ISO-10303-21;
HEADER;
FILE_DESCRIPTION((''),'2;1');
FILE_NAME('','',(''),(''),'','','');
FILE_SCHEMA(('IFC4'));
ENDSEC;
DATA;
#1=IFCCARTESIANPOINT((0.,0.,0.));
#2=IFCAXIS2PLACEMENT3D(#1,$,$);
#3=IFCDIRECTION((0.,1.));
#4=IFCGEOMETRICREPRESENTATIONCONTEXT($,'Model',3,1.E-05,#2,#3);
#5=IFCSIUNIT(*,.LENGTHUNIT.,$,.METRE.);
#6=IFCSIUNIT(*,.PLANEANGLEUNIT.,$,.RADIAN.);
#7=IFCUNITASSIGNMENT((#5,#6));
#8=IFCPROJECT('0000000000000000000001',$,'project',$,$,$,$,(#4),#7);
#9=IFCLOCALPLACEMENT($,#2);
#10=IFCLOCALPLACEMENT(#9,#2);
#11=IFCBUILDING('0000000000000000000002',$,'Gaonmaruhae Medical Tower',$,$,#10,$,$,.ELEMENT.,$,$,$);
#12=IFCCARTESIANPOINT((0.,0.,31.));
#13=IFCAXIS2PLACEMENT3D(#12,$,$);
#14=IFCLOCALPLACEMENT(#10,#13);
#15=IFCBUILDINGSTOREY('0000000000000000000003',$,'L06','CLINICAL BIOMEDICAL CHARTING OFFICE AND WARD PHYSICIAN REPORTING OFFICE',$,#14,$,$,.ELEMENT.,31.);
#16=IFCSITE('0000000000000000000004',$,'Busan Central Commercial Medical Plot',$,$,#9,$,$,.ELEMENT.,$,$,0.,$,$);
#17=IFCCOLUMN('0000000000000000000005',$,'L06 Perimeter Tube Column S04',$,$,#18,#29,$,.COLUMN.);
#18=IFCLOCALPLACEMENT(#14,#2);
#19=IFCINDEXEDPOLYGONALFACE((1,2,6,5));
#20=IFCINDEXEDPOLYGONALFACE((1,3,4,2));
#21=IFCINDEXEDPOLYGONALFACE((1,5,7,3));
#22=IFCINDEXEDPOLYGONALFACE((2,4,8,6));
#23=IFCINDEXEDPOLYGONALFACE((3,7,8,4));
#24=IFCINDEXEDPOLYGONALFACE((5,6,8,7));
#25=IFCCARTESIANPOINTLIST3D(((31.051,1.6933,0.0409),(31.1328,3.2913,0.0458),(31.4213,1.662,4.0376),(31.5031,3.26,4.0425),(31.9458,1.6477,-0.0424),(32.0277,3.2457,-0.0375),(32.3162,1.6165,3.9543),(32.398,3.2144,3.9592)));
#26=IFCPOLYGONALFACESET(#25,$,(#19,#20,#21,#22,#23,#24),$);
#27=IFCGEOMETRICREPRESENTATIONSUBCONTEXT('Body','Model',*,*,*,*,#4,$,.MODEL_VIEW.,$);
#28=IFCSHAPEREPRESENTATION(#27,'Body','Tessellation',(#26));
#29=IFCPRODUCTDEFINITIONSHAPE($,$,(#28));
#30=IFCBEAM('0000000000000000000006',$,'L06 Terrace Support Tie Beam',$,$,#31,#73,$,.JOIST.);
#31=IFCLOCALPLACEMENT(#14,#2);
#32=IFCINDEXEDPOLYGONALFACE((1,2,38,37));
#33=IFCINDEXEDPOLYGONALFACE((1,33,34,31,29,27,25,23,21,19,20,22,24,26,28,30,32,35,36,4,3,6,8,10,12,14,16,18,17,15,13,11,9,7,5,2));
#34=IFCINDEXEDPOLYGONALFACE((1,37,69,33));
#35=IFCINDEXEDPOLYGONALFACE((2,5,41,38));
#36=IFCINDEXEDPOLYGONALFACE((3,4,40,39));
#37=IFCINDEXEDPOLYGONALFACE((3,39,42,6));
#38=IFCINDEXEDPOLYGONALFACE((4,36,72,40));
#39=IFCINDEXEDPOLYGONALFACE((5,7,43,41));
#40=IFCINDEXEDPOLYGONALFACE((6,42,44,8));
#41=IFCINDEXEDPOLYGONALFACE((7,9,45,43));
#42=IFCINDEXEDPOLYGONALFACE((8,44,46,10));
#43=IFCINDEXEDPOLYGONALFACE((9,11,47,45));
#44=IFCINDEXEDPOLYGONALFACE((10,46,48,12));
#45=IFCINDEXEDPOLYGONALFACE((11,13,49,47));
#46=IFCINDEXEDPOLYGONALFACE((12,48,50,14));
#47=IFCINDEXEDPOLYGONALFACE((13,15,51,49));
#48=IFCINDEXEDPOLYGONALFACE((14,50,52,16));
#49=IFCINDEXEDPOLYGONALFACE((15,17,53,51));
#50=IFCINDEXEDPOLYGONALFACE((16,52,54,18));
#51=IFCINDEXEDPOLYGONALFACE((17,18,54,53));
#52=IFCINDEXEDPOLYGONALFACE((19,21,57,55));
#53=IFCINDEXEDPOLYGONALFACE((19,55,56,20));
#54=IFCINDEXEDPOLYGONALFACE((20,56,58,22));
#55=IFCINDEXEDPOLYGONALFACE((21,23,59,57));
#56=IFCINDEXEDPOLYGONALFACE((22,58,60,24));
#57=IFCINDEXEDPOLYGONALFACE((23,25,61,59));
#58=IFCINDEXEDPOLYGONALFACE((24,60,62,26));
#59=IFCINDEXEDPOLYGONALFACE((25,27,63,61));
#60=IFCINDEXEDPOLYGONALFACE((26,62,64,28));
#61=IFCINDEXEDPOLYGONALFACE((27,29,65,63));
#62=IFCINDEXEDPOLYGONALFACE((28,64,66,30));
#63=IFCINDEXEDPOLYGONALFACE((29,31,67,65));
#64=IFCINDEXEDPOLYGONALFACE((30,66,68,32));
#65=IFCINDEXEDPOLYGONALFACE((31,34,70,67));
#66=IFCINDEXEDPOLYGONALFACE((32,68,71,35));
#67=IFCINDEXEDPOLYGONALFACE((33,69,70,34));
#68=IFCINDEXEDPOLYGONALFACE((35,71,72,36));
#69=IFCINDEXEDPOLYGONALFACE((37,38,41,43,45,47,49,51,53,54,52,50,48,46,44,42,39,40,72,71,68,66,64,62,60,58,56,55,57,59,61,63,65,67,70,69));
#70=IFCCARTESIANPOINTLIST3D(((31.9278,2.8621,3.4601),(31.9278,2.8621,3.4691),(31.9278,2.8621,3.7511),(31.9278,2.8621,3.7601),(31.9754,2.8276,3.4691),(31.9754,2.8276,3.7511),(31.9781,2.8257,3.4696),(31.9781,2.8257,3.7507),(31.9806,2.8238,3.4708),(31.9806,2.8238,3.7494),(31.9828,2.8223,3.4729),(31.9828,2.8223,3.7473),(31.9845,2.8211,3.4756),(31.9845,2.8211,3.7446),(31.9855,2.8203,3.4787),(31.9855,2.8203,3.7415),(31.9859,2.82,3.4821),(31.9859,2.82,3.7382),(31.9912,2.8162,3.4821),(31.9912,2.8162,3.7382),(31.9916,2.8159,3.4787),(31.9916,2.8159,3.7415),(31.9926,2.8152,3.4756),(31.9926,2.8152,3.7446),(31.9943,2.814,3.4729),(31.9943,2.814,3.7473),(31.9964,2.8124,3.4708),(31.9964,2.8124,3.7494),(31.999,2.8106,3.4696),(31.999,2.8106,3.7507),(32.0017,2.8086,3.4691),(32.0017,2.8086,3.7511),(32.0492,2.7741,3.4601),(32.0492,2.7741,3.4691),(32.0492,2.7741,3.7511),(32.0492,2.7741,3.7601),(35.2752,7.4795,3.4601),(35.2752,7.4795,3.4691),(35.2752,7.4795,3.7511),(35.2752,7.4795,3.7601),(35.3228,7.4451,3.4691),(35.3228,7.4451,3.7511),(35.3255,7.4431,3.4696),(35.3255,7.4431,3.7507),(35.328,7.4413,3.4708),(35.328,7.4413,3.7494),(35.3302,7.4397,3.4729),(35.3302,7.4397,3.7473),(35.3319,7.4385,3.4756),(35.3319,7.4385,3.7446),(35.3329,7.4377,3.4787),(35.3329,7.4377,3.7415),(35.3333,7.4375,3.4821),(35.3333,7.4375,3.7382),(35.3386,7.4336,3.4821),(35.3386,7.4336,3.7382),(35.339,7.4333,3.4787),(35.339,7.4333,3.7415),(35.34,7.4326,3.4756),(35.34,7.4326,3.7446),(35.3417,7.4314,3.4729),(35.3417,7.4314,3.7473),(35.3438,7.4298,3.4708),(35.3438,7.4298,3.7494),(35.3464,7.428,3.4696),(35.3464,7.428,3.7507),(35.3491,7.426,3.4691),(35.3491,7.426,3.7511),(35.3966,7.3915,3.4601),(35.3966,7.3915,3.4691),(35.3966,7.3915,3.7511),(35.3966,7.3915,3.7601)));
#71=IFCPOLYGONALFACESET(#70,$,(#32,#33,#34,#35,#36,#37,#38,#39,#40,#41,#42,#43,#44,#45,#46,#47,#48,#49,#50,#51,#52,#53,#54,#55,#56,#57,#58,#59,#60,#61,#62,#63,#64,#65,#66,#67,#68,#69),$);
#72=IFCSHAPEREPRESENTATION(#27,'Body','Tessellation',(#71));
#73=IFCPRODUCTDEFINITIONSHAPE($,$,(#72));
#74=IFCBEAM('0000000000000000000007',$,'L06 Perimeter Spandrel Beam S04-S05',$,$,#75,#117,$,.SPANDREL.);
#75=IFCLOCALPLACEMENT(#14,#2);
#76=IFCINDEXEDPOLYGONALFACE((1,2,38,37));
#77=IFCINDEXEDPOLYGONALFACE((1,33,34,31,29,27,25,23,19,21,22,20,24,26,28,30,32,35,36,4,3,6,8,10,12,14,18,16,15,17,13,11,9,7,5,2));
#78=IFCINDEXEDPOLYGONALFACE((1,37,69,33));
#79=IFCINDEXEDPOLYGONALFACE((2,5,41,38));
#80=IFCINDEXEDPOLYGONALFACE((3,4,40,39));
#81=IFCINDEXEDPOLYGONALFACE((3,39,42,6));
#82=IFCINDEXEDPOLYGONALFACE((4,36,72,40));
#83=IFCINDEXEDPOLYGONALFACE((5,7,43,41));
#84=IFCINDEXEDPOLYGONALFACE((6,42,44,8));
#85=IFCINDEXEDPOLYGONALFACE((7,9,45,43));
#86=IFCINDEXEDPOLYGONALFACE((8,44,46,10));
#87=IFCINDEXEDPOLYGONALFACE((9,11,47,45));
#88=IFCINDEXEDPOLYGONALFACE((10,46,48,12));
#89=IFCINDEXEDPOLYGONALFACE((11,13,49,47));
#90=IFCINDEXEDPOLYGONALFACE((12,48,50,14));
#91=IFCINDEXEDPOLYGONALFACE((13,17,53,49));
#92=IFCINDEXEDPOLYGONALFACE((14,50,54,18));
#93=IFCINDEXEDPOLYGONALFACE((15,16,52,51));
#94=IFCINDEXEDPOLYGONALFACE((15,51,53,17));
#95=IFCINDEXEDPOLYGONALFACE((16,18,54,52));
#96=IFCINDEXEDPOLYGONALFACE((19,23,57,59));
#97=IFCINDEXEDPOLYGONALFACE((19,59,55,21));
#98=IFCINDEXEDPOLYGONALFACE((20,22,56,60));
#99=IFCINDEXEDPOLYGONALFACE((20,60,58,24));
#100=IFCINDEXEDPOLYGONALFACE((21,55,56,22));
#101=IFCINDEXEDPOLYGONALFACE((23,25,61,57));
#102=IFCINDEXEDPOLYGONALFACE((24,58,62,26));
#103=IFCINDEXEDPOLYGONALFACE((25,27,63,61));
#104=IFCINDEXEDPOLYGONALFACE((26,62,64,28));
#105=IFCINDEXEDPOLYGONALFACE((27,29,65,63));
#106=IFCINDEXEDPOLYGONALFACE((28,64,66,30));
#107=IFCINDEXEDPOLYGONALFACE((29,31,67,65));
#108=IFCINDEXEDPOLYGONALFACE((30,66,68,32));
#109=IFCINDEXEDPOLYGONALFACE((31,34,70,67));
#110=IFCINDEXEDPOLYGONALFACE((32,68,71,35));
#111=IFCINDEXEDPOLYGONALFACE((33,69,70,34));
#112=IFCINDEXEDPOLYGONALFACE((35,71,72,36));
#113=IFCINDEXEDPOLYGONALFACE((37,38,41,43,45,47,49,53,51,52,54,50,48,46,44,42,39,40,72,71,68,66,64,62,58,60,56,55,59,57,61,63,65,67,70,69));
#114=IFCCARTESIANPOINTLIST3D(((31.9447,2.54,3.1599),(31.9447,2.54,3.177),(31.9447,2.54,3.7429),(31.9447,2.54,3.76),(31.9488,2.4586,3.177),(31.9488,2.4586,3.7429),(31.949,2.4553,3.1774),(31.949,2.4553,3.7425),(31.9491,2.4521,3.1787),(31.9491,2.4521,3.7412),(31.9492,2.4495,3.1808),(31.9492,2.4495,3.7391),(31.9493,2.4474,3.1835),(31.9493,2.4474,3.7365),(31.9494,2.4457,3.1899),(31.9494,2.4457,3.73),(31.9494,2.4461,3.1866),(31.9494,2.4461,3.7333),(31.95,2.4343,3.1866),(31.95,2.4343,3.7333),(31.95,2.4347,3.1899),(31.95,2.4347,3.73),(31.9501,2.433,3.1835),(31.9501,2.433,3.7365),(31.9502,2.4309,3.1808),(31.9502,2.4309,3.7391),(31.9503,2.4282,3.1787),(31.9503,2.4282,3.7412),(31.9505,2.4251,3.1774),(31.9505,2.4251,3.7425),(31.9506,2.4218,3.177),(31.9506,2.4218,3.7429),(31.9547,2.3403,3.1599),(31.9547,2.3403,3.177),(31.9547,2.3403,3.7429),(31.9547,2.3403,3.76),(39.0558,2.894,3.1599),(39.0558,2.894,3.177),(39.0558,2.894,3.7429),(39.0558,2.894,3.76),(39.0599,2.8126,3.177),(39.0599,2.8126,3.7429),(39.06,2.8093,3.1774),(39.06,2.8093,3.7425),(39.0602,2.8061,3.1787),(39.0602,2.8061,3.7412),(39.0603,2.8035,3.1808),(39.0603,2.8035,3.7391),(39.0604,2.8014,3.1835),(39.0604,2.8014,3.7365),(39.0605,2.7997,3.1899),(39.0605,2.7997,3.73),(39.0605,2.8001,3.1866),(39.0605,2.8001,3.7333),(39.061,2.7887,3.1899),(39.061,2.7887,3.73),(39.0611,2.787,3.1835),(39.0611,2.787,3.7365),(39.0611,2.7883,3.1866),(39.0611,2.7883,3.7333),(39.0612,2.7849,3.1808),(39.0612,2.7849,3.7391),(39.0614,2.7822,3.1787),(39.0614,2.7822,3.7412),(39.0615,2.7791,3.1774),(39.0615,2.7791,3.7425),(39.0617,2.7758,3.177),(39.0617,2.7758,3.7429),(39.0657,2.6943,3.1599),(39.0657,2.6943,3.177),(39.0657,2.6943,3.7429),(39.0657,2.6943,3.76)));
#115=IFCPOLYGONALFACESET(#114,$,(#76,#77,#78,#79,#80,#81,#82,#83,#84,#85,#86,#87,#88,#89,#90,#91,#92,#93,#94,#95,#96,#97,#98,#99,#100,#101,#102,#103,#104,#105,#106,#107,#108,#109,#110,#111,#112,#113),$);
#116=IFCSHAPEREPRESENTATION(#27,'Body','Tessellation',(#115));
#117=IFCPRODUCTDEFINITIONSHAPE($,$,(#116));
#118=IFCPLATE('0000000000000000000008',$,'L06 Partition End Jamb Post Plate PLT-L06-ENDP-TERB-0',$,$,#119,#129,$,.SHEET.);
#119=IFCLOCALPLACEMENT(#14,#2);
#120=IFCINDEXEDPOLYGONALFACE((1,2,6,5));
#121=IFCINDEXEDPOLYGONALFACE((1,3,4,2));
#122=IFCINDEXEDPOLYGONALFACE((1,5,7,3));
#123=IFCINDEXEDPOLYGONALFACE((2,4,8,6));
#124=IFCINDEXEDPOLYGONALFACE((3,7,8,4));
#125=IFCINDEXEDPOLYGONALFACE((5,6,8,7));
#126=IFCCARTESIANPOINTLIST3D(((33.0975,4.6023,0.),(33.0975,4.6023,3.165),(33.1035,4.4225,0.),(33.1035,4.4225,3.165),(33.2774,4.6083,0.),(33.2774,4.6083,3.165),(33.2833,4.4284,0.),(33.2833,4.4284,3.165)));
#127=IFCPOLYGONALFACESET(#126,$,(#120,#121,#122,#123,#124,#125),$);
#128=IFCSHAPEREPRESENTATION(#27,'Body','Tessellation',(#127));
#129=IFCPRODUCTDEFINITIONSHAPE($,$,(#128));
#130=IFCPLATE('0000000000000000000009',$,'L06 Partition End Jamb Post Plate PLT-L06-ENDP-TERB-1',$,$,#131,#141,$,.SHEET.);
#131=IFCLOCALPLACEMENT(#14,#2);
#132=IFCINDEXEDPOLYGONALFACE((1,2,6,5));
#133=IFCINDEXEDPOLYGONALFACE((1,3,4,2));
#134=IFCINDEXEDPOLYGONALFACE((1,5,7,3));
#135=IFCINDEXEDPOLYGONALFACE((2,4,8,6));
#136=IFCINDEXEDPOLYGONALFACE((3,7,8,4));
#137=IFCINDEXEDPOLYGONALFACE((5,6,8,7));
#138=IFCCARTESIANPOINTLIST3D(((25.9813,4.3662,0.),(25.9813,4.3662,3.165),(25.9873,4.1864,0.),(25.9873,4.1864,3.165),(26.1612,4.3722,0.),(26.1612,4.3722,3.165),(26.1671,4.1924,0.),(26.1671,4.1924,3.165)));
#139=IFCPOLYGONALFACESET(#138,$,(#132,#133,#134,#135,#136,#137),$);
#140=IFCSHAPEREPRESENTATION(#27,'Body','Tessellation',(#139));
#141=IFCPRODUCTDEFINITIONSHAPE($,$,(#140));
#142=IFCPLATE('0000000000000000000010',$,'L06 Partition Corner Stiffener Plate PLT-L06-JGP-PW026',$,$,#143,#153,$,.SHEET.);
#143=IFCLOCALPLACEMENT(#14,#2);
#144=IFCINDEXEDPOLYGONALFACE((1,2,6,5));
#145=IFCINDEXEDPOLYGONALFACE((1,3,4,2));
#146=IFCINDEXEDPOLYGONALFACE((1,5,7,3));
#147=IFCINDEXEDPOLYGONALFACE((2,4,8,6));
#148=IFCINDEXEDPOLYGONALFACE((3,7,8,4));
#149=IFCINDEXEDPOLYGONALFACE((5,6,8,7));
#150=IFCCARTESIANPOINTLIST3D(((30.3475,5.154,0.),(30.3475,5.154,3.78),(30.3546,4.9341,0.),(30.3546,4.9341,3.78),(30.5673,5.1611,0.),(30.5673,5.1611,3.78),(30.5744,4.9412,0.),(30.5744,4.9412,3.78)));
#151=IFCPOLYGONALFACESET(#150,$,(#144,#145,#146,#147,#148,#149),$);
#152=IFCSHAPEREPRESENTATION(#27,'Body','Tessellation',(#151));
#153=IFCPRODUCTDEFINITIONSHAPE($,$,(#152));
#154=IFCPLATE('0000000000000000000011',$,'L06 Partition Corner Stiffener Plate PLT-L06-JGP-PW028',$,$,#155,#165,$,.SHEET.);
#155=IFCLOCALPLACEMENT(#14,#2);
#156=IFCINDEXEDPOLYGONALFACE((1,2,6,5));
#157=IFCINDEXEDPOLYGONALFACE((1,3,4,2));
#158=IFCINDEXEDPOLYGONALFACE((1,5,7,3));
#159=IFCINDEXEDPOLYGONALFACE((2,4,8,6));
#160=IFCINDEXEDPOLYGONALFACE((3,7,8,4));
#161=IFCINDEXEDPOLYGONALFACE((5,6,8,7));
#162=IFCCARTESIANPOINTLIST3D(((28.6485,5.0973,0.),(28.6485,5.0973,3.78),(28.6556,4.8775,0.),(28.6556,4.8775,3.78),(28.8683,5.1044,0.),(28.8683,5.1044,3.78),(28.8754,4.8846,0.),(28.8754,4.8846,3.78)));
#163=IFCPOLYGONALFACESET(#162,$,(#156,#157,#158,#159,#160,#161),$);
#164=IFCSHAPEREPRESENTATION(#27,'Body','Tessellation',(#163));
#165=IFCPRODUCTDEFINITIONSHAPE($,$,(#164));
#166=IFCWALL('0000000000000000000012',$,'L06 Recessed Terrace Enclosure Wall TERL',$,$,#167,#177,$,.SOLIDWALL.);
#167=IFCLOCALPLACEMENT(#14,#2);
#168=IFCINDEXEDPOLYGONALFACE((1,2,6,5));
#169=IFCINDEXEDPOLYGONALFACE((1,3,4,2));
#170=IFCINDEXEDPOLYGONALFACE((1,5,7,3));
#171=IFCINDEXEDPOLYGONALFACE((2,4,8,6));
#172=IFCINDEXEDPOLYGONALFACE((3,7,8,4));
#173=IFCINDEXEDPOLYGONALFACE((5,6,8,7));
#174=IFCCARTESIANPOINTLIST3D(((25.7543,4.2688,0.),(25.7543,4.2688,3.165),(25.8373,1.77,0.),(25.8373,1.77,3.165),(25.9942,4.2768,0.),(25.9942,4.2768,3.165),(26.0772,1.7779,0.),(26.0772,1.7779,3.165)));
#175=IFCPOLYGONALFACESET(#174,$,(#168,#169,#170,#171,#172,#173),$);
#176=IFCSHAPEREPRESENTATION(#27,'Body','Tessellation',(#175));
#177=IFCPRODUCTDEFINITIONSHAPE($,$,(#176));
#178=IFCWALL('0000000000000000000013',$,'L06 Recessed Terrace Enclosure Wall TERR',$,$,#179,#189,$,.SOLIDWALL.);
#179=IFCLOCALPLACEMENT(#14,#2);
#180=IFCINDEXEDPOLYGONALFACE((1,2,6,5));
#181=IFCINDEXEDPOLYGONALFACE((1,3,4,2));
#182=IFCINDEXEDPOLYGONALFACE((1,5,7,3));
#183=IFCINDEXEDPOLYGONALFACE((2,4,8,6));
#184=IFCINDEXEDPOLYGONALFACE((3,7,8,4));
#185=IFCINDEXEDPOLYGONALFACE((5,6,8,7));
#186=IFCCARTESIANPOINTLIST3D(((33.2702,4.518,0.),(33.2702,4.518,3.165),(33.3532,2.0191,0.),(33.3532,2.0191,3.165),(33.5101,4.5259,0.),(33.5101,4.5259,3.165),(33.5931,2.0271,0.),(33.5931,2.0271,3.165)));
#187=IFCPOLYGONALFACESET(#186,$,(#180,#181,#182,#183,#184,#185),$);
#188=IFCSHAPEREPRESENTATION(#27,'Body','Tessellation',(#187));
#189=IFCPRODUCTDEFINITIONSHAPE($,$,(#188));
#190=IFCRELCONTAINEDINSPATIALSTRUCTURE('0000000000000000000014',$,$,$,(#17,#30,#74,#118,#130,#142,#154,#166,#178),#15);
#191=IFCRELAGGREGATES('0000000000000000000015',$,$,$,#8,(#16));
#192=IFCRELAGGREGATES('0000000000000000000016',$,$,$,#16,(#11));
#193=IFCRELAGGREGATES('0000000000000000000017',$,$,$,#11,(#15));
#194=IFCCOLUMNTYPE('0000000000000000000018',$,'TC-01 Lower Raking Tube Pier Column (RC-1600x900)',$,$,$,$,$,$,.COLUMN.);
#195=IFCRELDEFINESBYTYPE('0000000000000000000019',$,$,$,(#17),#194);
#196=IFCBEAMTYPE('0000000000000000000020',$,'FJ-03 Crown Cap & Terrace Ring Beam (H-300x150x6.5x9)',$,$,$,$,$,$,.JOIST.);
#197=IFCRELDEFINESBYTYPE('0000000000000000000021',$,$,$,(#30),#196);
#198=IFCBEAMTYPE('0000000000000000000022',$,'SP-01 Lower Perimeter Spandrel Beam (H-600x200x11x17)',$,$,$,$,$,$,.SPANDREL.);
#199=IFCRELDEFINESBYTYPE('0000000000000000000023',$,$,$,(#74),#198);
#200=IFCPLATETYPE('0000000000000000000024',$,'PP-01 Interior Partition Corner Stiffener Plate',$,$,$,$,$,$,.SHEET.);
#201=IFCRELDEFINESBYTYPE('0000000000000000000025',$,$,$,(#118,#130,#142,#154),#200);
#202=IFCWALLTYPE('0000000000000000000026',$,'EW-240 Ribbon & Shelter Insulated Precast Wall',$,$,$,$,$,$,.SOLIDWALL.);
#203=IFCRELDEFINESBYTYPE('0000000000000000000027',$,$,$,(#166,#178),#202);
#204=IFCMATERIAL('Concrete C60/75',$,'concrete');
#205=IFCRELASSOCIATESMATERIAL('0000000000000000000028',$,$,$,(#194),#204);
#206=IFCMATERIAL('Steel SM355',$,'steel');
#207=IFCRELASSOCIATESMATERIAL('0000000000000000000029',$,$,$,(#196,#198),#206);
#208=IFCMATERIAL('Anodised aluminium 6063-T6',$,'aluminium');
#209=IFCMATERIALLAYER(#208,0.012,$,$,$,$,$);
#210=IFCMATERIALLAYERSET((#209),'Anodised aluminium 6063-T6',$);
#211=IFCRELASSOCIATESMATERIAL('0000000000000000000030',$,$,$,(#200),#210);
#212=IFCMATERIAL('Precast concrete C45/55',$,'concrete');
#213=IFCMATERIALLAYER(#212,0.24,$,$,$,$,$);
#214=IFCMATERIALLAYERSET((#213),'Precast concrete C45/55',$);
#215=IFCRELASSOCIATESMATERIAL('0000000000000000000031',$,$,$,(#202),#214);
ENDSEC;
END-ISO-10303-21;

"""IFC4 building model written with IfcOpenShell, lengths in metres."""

from ifc_helpers import new_model, si_unit, direction, frame, frame_2d, origin, origin_2d, place, context, subcontext, project, spatial, rectangle, i_section, extrude, material, layer, layer_set, material_profile, profile_set, type_object, element, save


model = new_model("IFC4")

# Units and contexts
model_context = context("Model", 3, precision=1e-05, world=origin(), true_north=direction((0.0, 1.0)))
body_context = subcontext(model_context, "Body", "Model", "MODEL_VIEW")
ifc_project = project(units=[si_unit("LENGTHUNIT", "METRE"), si_unit("PLANEANGLEUNIT", "RADIAN")], contexts=[model_context])

# Site, building, storey
site_placement = place(None, origin())
site = spatial("IfcSite", under=ifc_project, at=site_placement, Name="Busan Central Commercial Medical Plot", CompositionType="ELEMENT", RefElevation=0.0)
building_placement = place(site_placement, origin())
building = spatial("IfcBuilding", under=site, at=building_placement, Name="Gaonmaruhae Medical Tower", CompositionType="ELEMENT")
storey_placement = place(building_placement, frame((0.0, 0.0, 31.0)))
storey = spatial("IfcBuildingStorey", under=building, at=storey_placement, Name="L06", Description="CLINICAL BIOMEDICAL CHARTING OFFICE AND WARD PHYSICIAN REPORTING OFFICE", CompositionType="ELEMENT", Elevation=31.0)

# Column
ifc_material_1 = material(Name="Concrete C60/75", Category="concrete")
ifc_material_profile_1 = material_profile(ifc_material_1, rectangle(XDim=1.6001, YDim=0.8999, at=origin_2d()), Name="RC-1600x900")
ifc_profile_set_1 = profile_set([ifc_material_profile_1], Name="Concrete C60/75")
column_type = type_object("IfcColumnType", Name="TC-01 Lower Raking Tube Pier Column (RC-1600x900)", PredefinedType="COLUMN", material=ifc_profile_set_1)
column_placement = place(storey_placement, frame((31.5393, 2.4695, 0.0017), z_axis=(0.092271, -0.007786, 0.995703), x_axis=(0.051136, 0.998687, 0.00307)))
element("IfcColumn", 1, at=column_placement, inside=storey, type_object=column_type, Name="L06 Perimeter Tube Column S04", PredefinedType="COLUMN", context=body_context, shape_type="SweptSolid", body=[
    extrude(rectangle(XDim=1.6001, YDim=0.8999, at=origin_2d()), origin(), (0.0, 0.0, 1.0), 4.0139),
])

# Beams
ifc_material_2 = material(Name="Steel SM355", Category="steel")
ifc_material_profile_2 = material_profile(ifc_material_2, i_section(OverallWidth=0.1499, OverallDepth=0.3, WebThickness=0.0066, FlangeThickness=0.009, FilletRadius=0.0129, at=origin_2d()), Name="H-300x150x6.5x9")
ifc_profile_set_2 = profile_set([ifc_material_profile_2], Name="Steel SM355")
beam_type_1 = type_object("IfcBeamType", Name="FJ-03 Crown Cap & Terrace Ring Beam (H-300x150x6.5x9)", PredefinedType="JOIST", material=ifc_profile_set_2)
beam_1_placement = place(storey_placement, frame((31.9885, 2.8181, 3.6101), z_axis=(0.586942, 0.809629, 0.0), x_axis=(-0.809629, 0.586942, 0.0)))
element("IfcBeam", 2, at=beam_1_placement, inside=storey, type_object=beam_type_1, Name="L06 Terrace Support Tie Beam", PredefinedType="JOIST", context=body_context, shape_type="SweptSolid", body=[
    extrude(i_section(OverallWidth=0.1499, OverallDepth=0.3, WebThickness=0.0066, FlangeThickness=0.009, FilletRadius=0.0129, at=origin_2d()), origin(), (0.0, 0.0, 1.0), 5.7031),
])
ifc_material_profile_3 = material_profile(ifc_material_2, i_section(OverallWidth=0.2, OverallDepth=0.6001, WebThickness=0.011, FlangeThickness=0.0171, FilletRadius=0.0129, at=origin_2d()), Name="H-600x200x11x17")
ifc_profile_set_3 = profile_set([ifc_material_profile_3], Name="Steel SM355")
beam_type_2 = type_object("IfcBeamType", Name="SP-01 Lower Perimeter Spandrel Beam (H-600x200x11x17)", PredefinedType="SPANDREL", material=ifc_profile_set_3)
beam_2_placement = place(storey_placement, frame((31.9497, 2.4402, 3.46), z_axis=(0.998763, 0.04972, 0.0), x_axis=(-0.04972, 0.998763, 0.0)))
element("IfcBeam", 3, at=beam_2_placement, inside=storey, type_object=beam_type_2, Name="L06 Perimeter Spandrel Beam S04-S05", PredefinedType="SPANDREL", context=body_context, shape_type="SweptSolid", body=[
    extrude(i_section(OverallWidth=0.2, OverallDepth=0.6001, WebThickness=0.011, FlangeThickness=0.0171, FilletRadius=0.0129, at=origin_2d()), origin(), (0.0, 0.0, 1.0), 7.1199),
])

# Plates
ifc_material_3 = material(Name="Anodised aluminium 6063-T6", Category="aluminium")
ifc_layer_1 = layer(ifc_material_3, 0.012)
ifc_layer_set_1 = layer_set([ifc_layer_1], Name="Anodised aluminium 6063-T6")
plate_type = type_object("IfcPlateType", Name="PP-01 Interior Partition Corner Stiffener Plate", PredefinedType="SHEET", material=ifc_layer_set_1)
for number, where, z_axis, x_axis, name in (
    (4, (33.1904, 4.5154, 0.0), (0.0, 0.0, 1.0), (-0.999451, -0.033138, 0.0), "L06 Partition End Jamb Post Plate PLT-L06-ENDP-TERB-0"),
    (5, (26.0742, 4.2793, 0.0), (0.0, 0.0, 1.0), (-0.999451, -0.033138, 0.0), "L06 Partition End Jamb Post Plate PLT-L06-ENDP-TERB-1"),
):
    element("IfcPlate", number, at=place(storey_placement, frame(where, z_axis=z_axis, x_axis=x_axis)), inside=storey, type_object=plate_type, Name=name, PredefinedType="SHEET", context=body_context, shape_type="SweptSolid", body=[
        extrude(rectangle(XDim=0.1799, YDim=0.1799, at=origin_2d()), origin(), (0.0, 0.0, 1.0), 3.165),
    ])
for number, where, z_axis, x_axis, name in (
    (6, (30.4609, 5.0476, 0.0), (0.0, 0.0, 1.0), (-0.032213, 0.999481, 0.0), "L06 Partition Corner Stiffener Plate PLT-L06-JGP-PW026"),
    (7, (28.762, 4.991, 0.0), (0.0, 0.0, 1.0), (0.032248, -0.99948, 0.0), "L06 Partition Corner Stiffener Plate PLT-L06-JGP-PW028"),
):
    element("IfcPlate", number, at=place(storey_placement, frame(where, z_axis=z_axis, x_axis=x_axis)), inside=storey, type_object=plate_type, Name=name, PredefinedType="SHEET", context=body_context, shape_type="SweptSolid", body=[
        extrude(rectangle(XDim=0.22, YDim=0.22, at=origin_2d()), origin(), (0.0, 0.0, 1.0), 3.78),
    ])

# Shared definitions
ifc_material_4 = material(Name="Precast concrete C45/55", Category="concrete")
ifc_layer_2 = layer(ifc_material_4, 0.24)
ifc_layer_set_2 = layer_set([ifc_layer_2], Name="Precast concrete C45/55")
wall_type_1 = type_object("IfcWallType", Name="EW-240 Ribbon & Shelter Insulated Precast Wall", PredefinedType="SOLIDWALL", material=ifc_layer_set_2)

# Walls
for number, where, z_axis, x_axis, name in (
    (8, (25.8743, 4.2727, 0.0), (0.0, 0.0, 1.0), (0.033201, -0.999449, 0.0), "L06 Recessed Terrace Enclosure Wall TERL"),
    (9, (33.4731, 2.0232, 0.0), (0.0, 0.0, 1.0), (-0.033201, 0.999449, 0.0), "L06 Recessed Terrace Enclosure Wall TERR"),
):
    element("IfcWall", number, at=place(storey_placement, frame(where, z_axis=z_axis, x_axis=x_axis)), inside=storey, type_object=wall_type_1, Name=name, PredefinedType="SOLIDWALL", context=body_context, shape_type="SweptSolid", body=[
        extrude(rectangle(XDim=2.5002, YDim=0.24, at=frame_2d((1.25, 0.0))), origin(), (0.0, 0.0, 1.0), 3.165),
    ])

save(model, "model.ifc")
